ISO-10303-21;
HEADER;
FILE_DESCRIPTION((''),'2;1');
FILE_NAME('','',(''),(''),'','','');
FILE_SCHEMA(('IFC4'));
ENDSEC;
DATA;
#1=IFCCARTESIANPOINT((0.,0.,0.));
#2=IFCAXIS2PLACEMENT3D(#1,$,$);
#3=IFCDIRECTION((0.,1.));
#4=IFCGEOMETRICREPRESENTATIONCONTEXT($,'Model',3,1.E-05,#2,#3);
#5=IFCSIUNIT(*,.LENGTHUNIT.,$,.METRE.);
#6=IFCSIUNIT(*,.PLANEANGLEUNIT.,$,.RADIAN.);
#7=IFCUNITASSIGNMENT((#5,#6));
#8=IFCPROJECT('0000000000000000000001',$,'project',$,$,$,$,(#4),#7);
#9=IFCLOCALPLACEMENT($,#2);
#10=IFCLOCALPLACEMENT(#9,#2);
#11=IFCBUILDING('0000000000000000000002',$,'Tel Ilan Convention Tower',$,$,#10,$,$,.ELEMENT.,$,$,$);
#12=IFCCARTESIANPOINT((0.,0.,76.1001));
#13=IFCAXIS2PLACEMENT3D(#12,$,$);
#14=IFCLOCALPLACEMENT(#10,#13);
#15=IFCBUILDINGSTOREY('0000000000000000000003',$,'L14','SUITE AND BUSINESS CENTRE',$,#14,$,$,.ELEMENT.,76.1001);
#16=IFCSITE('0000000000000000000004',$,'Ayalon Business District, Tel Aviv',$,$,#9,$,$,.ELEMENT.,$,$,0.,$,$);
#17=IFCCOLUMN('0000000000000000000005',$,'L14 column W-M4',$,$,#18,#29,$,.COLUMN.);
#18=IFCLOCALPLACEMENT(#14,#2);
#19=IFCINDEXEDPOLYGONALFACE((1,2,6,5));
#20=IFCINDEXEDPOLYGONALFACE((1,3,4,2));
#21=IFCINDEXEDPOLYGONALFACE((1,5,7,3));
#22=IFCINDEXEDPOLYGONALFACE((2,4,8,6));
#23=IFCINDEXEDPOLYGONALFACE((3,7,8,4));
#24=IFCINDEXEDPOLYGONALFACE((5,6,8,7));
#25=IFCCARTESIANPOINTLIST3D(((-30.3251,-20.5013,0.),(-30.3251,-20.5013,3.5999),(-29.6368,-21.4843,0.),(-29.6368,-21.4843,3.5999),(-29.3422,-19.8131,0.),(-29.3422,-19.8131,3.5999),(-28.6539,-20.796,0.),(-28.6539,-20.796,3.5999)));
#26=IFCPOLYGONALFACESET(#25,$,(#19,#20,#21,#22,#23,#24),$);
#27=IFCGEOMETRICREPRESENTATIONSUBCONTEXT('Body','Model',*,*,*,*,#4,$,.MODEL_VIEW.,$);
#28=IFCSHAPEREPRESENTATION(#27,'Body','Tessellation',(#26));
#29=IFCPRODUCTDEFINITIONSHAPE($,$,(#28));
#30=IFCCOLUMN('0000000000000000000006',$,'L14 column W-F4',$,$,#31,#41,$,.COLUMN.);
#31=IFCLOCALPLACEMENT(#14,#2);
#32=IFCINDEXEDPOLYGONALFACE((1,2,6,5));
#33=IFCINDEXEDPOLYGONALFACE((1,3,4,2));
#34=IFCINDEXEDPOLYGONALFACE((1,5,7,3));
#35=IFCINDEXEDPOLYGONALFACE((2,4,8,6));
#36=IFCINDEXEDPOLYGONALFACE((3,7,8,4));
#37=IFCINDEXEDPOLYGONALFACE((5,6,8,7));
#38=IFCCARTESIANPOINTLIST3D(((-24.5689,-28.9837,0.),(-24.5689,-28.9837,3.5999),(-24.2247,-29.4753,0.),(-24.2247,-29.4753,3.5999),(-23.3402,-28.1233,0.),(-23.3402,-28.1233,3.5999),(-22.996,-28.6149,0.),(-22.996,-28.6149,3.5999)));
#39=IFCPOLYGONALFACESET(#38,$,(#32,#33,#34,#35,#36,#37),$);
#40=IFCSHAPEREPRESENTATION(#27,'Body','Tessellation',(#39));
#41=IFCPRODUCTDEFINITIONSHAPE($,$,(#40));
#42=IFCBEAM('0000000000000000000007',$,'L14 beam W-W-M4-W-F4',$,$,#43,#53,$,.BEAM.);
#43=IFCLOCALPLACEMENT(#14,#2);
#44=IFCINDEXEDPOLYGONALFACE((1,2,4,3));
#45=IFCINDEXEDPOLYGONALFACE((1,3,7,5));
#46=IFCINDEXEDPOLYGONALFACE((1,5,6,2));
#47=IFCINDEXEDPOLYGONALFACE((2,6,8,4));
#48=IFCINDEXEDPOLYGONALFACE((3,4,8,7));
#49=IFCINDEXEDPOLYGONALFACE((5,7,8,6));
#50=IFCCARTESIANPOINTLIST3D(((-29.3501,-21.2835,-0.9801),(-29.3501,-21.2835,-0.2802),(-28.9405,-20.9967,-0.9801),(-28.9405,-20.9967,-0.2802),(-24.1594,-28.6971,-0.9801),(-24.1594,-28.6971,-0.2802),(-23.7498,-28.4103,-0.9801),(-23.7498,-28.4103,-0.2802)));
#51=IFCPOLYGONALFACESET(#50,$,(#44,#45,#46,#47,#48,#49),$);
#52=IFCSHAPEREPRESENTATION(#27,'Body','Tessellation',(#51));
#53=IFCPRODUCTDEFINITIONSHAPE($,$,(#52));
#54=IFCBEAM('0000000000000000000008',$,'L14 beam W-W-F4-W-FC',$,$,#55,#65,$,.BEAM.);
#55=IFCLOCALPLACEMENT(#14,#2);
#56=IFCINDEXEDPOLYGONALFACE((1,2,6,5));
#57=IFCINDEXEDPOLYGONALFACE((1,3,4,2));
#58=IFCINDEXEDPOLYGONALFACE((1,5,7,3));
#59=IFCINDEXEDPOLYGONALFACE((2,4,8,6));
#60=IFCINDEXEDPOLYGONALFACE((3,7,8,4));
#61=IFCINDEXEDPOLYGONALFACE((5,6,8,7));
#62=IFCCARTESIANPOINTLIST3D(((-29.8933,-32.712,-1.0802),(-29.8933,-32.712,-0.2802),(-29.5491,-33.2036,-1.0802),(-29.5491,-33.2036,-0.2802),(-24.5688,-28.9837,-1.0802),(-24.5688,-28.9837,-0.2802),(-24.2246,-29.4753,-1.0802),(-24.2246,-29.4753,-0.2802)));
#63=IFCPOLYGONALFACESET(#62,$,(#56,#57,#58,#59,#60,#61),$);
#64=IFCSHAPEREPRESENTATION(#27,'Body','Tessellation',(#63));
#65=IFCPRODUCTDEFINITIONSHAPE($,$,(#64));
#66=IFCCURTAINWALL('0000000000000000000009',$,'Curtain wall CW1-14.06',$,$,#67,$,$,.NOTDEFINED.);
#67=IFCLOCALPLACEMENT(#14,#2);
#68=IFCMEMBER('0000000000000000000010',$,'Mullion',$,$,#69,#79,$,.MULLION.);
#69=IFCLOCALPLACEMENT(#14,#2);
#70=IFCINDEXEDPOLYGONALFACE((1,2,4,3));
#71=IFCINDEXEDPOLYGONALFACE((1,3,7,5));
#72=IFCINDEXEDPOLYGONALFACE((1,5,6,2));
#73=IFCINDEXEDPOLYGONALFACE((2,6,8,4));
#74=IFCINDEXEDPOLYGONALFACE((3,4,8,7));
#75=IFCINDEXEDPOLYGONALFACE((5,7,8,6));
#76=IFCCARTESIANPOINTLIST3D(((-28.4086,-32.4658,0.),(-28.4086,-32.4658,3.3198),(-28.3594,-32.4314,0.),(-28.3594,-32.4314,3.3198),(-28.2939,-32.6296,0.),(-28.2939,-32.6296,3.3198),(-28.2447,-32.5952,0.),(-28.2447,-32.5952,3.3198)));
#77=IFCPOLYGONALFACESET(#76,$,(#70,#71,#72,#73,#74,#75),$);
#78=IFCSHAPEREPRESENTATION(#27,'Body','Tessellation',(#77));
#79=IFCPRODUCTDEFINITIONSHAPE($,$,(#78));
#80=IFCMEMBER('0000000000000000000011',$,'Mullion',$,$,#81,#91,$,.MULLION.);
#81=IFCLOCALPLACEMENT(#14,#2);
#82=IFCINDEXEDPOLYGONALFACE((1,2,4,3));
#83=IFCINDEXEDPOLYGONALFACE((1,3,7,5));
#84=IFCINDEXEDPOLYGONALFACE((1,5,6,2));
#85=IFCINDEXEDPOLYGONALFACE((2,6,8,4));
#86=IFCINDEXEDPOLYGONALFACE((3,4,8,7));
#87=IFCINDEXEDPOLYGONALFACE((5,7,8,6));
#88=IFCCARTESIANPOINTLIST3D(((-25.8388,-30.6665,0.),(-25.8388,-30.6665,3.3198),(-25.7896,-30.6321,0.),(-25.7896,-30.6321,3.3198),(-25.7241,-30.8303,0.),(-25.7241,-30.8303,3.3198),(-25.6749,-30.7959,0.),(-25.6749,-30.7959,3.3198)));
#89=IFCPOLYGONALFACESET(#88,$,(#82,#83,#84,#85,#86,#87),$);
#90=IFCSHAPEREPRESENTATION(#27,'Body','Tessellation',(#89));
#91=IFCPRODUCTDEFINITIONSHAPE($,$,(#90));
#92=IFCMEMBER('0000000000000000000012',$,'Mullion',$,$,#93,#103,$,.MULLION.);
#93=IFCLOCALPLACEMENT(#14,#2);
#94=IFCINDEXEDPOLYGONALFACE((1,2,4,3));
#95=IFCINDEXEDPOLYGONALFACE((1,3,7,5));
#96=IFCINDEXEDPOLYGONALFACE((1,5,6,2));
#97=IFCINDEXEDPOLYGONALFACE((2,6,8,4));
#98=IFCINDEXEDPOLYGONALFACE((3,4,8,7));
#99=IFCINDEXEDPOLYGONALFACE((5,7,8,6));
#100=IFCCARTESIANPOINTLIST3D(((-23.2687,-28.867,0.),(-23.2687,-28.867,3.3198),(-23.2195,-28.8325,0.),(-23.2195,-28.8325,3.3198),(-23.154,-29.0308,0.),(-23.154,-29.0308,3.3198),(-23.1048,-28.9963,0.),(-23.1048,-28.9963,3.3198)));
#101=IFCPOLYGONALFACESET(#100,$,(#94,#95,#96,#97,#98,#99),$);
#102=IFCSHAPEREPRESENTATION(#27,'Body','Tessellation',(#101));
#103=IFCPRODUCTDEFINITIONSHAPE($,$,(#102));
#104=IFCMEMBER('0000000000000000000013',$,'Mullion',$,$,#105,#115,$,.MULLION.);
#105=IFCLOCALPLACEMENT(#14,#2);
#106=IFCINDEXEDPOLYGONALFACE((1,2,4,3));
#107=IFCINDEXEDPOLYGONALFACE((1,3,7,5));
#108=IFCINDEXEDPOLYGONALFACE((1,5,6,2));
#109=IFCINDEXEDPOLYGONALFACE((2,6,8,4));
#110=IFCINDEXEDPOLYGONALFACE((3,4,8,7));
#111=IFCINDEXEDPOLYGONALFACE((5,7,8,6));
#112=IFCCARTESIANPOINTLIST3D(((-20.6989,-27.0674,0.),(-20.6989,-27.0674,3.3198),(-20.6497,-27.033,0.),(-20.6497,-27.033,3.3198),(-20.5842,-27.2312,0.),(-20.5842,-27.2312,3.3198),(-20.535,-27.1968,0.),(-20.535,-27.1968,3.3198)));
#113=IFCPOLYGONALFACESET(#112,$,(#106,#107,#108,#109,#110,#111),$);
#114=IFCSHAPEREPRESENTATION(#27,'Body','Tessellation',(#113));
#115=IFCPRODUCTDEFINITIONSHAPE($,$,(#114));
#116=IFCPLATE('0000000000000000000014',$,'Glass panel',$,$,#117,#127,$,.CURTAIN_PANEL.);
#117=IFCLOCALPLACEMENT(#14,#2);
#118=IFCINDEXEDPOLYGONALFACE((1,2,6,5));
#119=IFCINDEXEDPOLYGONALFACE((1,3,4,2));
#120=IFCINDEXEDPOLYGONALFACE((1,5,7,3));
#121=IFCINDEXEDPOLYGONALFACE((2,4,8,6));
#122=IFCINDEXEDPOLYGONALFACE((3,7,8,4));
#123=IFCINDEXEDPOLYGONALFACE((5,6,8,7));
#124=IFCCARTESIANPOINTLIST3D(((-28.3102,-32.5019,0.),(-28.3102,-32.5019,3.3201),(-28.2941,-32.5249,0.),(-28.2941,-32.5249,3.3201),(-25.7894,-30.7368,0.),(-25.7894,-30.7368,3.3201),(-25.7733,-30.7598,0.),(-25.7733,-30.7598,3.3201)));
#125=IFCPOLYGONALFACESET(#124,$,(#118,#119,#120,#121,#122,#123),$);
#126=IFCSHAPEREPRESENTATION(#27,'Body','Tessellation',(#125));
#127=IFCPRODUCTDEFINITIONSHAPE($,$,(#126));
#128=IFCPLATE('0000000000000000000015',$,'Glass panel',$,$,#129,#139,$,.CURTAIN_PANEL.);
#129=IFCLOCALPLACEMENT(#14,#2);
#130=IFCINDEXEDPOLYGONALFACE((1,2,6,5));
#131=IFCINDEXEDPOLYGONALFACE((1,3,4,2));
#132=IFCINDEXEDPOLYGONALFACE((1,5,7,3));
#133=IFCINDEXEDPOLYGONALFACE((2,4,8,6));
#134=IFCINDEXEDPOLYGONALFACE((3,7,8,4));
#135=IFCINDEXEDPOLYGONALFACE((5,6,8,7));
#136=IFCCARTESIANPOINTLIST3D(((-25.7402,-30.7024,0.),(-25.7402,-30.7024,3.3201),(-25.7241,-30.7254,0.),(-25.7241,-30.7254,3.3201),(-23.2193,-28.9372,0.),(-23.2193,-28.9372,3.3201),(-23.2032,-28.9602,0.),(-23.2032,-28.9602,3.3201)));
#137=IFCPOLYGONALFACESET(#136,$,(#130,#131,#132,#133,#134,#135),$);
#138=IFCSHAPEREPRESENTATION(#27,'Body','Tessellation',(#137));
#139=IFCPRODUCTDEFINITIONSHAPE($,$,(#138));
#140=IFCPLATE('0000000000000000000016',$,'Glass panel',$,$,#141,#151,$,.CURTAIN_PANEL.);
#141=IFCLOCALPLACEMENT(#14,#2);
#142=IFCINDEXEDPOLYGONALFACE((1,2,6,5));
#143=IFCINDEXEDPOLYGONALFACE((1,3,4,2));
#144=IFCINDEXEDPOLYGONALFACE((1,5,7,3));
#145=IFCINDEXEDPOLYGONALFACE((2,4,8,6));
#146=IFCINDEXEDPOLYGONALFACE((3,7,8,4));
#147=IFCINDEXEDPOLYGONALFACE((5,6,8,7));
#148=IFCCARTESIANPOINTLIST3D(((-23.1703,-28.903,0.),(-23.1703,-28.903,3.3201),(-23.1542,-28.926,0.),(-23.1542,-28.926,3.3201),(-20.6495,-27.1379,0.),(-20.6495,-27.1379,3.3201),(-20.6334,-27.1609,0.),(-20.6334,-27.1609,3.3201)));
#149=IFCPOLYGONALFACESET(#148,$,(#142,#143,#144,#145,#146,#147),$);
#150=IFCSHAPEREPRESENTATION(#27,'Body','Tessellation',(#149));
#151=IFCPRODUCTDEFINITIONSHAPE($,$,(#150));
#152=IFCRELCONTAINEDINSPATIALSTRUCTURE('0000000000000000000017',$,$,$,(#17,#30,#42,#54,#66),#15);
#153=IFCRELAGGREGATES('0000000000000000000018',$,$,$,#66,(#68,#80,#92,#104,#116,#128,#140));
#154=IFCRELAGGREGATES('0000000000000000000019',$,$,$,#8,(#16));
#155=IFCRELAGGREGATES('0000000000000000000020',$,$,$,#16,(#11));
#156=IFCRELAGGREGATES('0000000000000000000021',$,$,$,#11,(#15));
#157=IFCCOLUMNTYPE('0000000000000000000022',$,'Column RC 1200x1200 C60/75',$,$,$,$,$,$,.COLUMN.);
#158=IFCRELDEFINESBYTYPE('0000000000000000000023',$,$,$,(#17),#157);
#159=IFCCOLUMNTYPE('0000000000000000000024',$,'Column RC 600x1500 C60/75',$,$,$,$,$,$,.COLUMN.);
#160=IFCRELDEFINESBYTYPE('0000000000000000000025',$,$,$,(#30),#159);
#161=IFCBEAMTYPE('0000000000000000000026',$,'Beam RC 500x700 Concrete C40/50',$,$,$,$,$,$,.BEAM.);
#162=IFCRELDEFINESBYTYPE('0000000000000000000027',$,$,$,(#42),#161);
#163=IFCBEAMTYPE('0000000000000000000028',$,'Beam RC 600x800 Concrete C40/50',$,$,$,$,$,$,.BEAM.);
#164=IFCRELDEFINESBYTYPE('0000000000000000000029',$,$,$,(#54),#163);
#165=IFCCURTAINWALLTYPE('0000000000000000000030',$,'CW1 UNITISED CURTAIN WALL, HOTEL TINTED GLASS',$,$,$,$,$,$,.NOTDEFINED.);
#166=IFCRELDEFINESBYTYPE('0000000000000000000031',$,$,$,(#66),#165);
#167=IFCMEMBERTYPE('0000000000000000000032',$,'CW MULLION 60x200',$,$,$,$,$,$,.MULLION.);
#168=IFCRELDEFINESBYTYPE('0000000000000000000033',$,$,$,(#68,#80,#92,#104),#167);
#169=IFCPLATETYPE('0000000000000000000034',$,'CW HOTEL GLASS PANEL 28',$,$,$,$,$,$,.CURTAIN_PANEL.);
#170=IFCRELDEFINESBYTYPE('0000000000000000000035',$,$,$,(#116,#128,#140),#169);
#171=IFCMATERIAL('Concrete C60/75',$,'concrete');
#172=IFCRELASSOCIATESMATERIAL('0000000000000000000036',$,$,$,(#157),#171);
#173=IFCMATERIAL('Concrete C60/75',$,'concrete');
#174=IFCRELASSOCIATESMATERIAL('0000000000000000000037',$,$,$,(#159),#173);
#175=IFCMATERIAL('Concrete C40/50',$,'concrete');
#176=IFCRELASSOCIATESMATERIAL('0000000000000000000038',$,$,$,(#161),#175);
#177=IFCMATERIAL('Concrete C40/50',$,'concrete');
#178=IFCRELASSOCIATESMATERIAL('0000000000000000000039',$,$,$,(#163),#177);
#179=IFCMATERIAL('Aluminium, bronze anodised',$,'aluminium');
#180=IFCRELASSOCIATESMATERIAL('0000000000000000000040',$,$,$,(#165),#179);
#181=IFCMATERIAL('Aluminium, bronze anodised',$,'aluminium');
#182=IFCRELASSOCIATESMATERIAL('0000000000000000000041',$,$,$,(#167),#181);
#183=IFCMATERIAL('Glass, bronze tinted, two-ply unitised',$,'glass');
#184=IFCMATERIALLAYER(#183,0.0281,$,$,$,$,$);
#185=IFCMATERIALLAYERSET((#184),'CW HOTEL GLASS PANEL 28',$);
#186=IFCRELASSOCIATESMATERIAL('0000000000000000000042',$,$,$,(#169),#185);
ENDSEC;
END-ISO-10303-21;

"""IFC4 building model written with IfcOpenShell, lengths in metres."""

from ifc_helpers import new_model, si_unit, direction, frame, origin, origin_2d, place, context, subcontext, project, spatial, rectangle, extrude, material, layer, layer_set, material_profile, profile_set, type_object, element, aggregate, save


model = new_model("IFC4")

# Units and contexts
model_context = context("Model", 3, precision=1e-05, world=origin(), true_north=direction((0.0, 1.0)))
body_context = subcontext(model_context, "Body", "Model", "MODEL_VIEW")
ifc_project = project(units=[si_unit("LENGTHUNIT", "METRE"), si_unit("PLANEANGLEUNIT", "RADIAN")], contexts=[model_context])

# Site, building, storey
site_placement = place(None, origin())
site = spatial("IfcSite", under=ifc_project, at=site_placement, Name="Ayalon Business District, Tel Aviv", CompositionType="ELEMENT", RefElevation=0.0)
building_placement = place(site_placement, origin())
building = spatial("IfcBuilding", under=site, at=building_placement, Name="Tel Ilan Convention Tower", CompositionType="ELEMENT")
storey_placement = place(building_placement, frame((0.0, 0.0, 76.1001)))
storey = spatial("IfcBuildingStorey", under=building, at=storey_placement, Name="L14", Description="SUITE AND BUSINESS CENTRE", CompositionType="ELEMENT", Elevation=76.1001)

# Columns
ifc_material_1 = material(Name="Concrete C60/75", Category="concrete")
ifc_material_profile_1 = material_profile(ifc_material_1, rectangle(XDim=1.2, YDim=1.2, at=origin_2d()), Name="RC 1200x1200")
ifc_profile_set_1 = profile_set([ifc_material_profile_1], Name="Concrete C60/75")
column_type_1 = type_object("IfcColumnType", Name="Column RC 1200x1200 C60/75", PredefinedType="COLUMN", material=ifc_profile_set_1)
column_1_placement = place(storey_placement, frame((-29.4895, -20.6487, 0.0), z_axis=(0.0, 0.0, 1.0), x_axis=(-0.819152, -0.573576, 0.0)))
element("IfcColumn", 1, at=column_1_placement, inside=storey, type_object=column_type_1, Name="L14 column W-M4", PredefinedType="COLUMN", context=body_context, shape_type="SweptSolid", body=[
    extrude(rectangle(XDim=1.2, YDim=1.2, at=origin_2d()), origin(), (0.0, 0.0, 1.0), 3.5999),
])
ifc_material_2 = material(Name="Concrete C60/75", Category="concrete")
ifc_material_profile_2 = material_profile(ifc_material_2, rectangle(XDim=1.5, YDim=0.6001, at=origin_2d()), Name="RC 600x1500")
ifc_profile_set_2 = profile_set([ifc_material_profile_2], Name="Concrete C60/75")
column_type_2 = type_object("IfcColumnType", Name="Column RC 600x1500 C60/75", PredefinedType="COLUMN", material=ifc_profile_set_2)
column_2_placement = place(storey_placement, frame((-23.7825, -28.7993, 0.0), z_axis=(0.0, 0.0, 1.0), x_axis=(-0.819152, -0.573576, 0.0)))
element("IfcColumn", 2, at=column_2_placement, inside=storey, type_object=column_type_2, Name="L14 column W-F4", PredefinedType="COLUMN", context=body_context, shape_type="SweptSolid", body=[
    extrude(rectangle(XDim=1.5, YDim=0.6001, at=origin_2d()), origin(), (0.0, 0.0, 1.0), 3.5999),
])

# Beams
ifc_material_3 = material(Name="Concrete C40/50", Category="concrete")
ifc_material_profile_3 = material_profile(ifc_material_3, rectangle(XDim=0.5, YDim=0.7, at=origin_2d()), Name="RC 500x700")
ifc_profile_set_3 = profile_set([ifc_material_profile_3], Name="Concrete C40/50")
beam_type_1 = type_object("IfcBeamType", Name="Beam RC 500x700 Concrete C40/50", PredefinedType="BEAM", material=ifc_profile_set_3)
beam_1_placement = place(storey_placement, frame((-29.1453, -21.1401, -0.6301), z_axis=(0.573549, -0.819171, 0.0), x_axis=(0.819171, 0.573549, 0.0)))
element("IfcBeam", 3, at=beam_1_placement, inside=storey, type_object=beam_type_1, Name="L14 beam W-W-M4-W-F4", PredefinedType="BEAM", context=body_context, shape_type="SweptSolid", body=[
    extrude(rectangle(XDim=0.5, YDim=0.7, at=origin_2d()), origin(), (0.0, 0.0, 1.0), 9.05),
])
ifc_material_4 = material(Name="Concrete C40/50", Category="concrete")
ifc_material_profile_4 = material_profile(ifc_material_4, rectangle(XDim=0.6001, YDim=0.8, at=origin_2d()), Name="RC 600x800")
ifc_profile_set_4 = profile_set([ifc_material_profile_4], Name="Concrete C40/50")
beam_type_2 = type_object("IfcBeamType", Name="Beam RC 600x800 Concrete C40/50", PredefinedType="BEAM", material=ifc_profile_set_4)
beam_2_placement = place(storey_placement, frame((-24.3967, -29.2295, -0.6802), z_axis=(-0.819149, -0.573581, 0.0), x_axis=(0.573581, -0.819149, 0.0)))
element("IfcBeam", 4, at=beam_2_placement, inside=storey, type_object=beam_type_2, Name="L14 beam W-W-F4-W-FC", PredefinedType="BEAM", context=body_context, shape_type="SweptSolid", body=[
    extrude(rectangle(XDim=0.6001, YDim=0.8, at=origin_2d()), origin(), (0.0, 0.0, 1.0), 6.5),
])

# Curtain wall, members, plates
ifc_material_5 = material(Name="Aluminium, bronze anodised", Category="aluminium")
curtain_wall_type = type_object("IfcCurtainWallType", Name="CW1 UNITISED CURTAIN WALL, HOTEL TINTED GLASS", PredefinedType="NOTDEFINED", material=ifc_material_5)
curtain_wall_placement = place(storey_placement, origin())
curtain_wall = element("IfcCurtainWall", 5, at=curtain_wall_placement, inside=storey, type_object=curtain_wall_type, Name="Curtain wall CW1-14.06", PredefinedType="NOTDEFINED")
ifc_material_6 = material(Name="Aluminium, bronze anodised", Category="aluminium")
ifc_material_profile_5 = material_profile(ifc_material_6, rectangle(XDim=0.0601, YDim=0.2, at=origin_2d()), Name="CW MULLION 60x200")
ifc_profile_set_5 = profile_set([ifc_material_profile_5], Name="Aluminium, bronze anodised")
member_type = type_object("IfcMemberType", Name="CW MULLION 60x200", PredefinedType="MULLION", material=ifc_profile_set_5)
member_1_placement = place(storey_placement, frame((-28.3267, -32.5305, 0.0), z_axis=(0.0, 0.0, 1.0), x_axis=(0.819152, 0.573576, 0.0)))
member_1 = element("IfcMember", 6, at=member_1_placement, type_object=member_type, Name="Mullion", PredefinedType="MULLION", context=body_context, shape_type="SweptSolid", body=[
    extrude(rectangle(XDim=0.0601, YDim=0.2, at=origin_2d()), origin(), (0.0, 0.0, 1.0), 3.3198),
])
member_2_placement = place(storey_placement, frame((-25.7568, -30.7312, 0.0), z_axis=(0.0, 0.0, 1.0), x_axis=(0.819152, 0.573576, 0.0)))
member_2 = element("IfcMember", 7, at=member_2_placement, type_object=member_type, Name="Mullion", PredefinedType="MULLION", context=body_context, shape_type="SweptSolid", body=[
    extrude(rectangle(XDim=0.0601, YDim=0.2, at=origin_2d()), origin(), (0.0, 0.0, 1.0), 3.3198),
])
member_3_placement = place(storey_placement, frame((-23.1868, -28.9316, 0.0), z_axis=(0.0, 0.0, 1.0), x_axis=(0.819152, 0.573576, 0.0)))
member_3 = element("IfcMember", 8, at=member_3_placement, type_object=member_type, Name="Mullion", PredefinedType="MULLION", context=body_context, shape_type="SweptSolid", body=[
    extrude(rectangle(XDim=0.0601, YDim=0.2, at=origin_2d()), origin(), (0.0, 0.0, 1.0), 3.3198),
])
member_4_placement = place(storey_placement, frame((-20.6169, -27.1321, 0.0), z_axis=(0.0, 0.0, 1.0), x_axis=(0.819152, 0.573576, 0.0)))
member_4 = element("IfcMember", 9, at=member_4_placement, type_object=member_type, Name="Mullion", PredefinedType="MULLION", context=body_context, shape_type="SweptSolid", body=[
    extrude(rectangle(XDim=0.0601, YDim=0.2, at=origin_2d()), origin(), (0.0, 0.0, 1.0), 3.3198),
])
ifc_material_7 = material(Name="Glass, bronze tinted, two-ply unitised", Category="glass")
ifc_layer_1 = layer(ifc_material_7, 0.0281)
ifc_layer_set_1 = layer_set([ifc_layer_1], Name="CW HOTEL GLASS PANEL 28")
plate_type = type_object("IfcPlateType", Name="CW HOTEL GLASS PANEL 28", PredefinedType="CURTAIN_PANEL", material=ifc_layer_set_1)
plate_1_placement = place(storey_placement, frame((-27.0417, -31.6309, 0.0), z_axis=(0.0, 0.0, 1.0), x_axis=(0.819152, 0.573576, 0.0)))
plate_1 = element("IfcPlate", 10, at=plate_1_placement, type_object=plate_type, Name="Glass panel", PredefinedType="CURTAIN_PANEL", context=body_context, shape_type="SweptSolid", body=[
    extrude(rectangle(XDim=3.0774, YDim=0.0281, at=origin_2d()), origin(), (0.0, 0.0, 1.0), 3.3201),
])
plate_2_placement = place(storey_placement, frame((-24.4717, -29.8313, 0.0), z_axis=(0.0, 0.0, 1.0), x_axis=(0.819152, 0.573576, 0.0)))
plate_2 = element("IfcPlate", 11, at=plate_2_placement, type_object=plate_type, Name="Glass panel", PredefinedType="CURTAIN_PANEL", context=body_context, shape_type="SweptSolid", body=[
    extrude(rectangle(XDim=3.0774, YDim=0.0281, at=origin_2d()), origin(), (0.0, 0.0, 1.0), 3.3201),
])
plate_3_placement = place(storey_placement, frame((-21.9019, -28.032, 0.0), z_axis=(0.0, 0.0, 1.0), x_axis=(0.819152, 0.573576, 0.0)))
plate_3 = element("IfcPlate", 12, at=plate_3_placement, type_object=plate_type, Name="Glass panel", PredefinedType="CURTAIN_PANEL", context=body_context, shape_type="SweptSolid", body=[
    extrude(rectangle(XDim=3.0774, YDim=0.0281, at=origin_2d()), origin(), (0.0, 0.0, 1.0), 3.3201),
])
aggregate(curtain_wall, [member_1, member_2, member_3, member_4, plate_1, plate_2, plate_3])

save(model, "model.ifc")
